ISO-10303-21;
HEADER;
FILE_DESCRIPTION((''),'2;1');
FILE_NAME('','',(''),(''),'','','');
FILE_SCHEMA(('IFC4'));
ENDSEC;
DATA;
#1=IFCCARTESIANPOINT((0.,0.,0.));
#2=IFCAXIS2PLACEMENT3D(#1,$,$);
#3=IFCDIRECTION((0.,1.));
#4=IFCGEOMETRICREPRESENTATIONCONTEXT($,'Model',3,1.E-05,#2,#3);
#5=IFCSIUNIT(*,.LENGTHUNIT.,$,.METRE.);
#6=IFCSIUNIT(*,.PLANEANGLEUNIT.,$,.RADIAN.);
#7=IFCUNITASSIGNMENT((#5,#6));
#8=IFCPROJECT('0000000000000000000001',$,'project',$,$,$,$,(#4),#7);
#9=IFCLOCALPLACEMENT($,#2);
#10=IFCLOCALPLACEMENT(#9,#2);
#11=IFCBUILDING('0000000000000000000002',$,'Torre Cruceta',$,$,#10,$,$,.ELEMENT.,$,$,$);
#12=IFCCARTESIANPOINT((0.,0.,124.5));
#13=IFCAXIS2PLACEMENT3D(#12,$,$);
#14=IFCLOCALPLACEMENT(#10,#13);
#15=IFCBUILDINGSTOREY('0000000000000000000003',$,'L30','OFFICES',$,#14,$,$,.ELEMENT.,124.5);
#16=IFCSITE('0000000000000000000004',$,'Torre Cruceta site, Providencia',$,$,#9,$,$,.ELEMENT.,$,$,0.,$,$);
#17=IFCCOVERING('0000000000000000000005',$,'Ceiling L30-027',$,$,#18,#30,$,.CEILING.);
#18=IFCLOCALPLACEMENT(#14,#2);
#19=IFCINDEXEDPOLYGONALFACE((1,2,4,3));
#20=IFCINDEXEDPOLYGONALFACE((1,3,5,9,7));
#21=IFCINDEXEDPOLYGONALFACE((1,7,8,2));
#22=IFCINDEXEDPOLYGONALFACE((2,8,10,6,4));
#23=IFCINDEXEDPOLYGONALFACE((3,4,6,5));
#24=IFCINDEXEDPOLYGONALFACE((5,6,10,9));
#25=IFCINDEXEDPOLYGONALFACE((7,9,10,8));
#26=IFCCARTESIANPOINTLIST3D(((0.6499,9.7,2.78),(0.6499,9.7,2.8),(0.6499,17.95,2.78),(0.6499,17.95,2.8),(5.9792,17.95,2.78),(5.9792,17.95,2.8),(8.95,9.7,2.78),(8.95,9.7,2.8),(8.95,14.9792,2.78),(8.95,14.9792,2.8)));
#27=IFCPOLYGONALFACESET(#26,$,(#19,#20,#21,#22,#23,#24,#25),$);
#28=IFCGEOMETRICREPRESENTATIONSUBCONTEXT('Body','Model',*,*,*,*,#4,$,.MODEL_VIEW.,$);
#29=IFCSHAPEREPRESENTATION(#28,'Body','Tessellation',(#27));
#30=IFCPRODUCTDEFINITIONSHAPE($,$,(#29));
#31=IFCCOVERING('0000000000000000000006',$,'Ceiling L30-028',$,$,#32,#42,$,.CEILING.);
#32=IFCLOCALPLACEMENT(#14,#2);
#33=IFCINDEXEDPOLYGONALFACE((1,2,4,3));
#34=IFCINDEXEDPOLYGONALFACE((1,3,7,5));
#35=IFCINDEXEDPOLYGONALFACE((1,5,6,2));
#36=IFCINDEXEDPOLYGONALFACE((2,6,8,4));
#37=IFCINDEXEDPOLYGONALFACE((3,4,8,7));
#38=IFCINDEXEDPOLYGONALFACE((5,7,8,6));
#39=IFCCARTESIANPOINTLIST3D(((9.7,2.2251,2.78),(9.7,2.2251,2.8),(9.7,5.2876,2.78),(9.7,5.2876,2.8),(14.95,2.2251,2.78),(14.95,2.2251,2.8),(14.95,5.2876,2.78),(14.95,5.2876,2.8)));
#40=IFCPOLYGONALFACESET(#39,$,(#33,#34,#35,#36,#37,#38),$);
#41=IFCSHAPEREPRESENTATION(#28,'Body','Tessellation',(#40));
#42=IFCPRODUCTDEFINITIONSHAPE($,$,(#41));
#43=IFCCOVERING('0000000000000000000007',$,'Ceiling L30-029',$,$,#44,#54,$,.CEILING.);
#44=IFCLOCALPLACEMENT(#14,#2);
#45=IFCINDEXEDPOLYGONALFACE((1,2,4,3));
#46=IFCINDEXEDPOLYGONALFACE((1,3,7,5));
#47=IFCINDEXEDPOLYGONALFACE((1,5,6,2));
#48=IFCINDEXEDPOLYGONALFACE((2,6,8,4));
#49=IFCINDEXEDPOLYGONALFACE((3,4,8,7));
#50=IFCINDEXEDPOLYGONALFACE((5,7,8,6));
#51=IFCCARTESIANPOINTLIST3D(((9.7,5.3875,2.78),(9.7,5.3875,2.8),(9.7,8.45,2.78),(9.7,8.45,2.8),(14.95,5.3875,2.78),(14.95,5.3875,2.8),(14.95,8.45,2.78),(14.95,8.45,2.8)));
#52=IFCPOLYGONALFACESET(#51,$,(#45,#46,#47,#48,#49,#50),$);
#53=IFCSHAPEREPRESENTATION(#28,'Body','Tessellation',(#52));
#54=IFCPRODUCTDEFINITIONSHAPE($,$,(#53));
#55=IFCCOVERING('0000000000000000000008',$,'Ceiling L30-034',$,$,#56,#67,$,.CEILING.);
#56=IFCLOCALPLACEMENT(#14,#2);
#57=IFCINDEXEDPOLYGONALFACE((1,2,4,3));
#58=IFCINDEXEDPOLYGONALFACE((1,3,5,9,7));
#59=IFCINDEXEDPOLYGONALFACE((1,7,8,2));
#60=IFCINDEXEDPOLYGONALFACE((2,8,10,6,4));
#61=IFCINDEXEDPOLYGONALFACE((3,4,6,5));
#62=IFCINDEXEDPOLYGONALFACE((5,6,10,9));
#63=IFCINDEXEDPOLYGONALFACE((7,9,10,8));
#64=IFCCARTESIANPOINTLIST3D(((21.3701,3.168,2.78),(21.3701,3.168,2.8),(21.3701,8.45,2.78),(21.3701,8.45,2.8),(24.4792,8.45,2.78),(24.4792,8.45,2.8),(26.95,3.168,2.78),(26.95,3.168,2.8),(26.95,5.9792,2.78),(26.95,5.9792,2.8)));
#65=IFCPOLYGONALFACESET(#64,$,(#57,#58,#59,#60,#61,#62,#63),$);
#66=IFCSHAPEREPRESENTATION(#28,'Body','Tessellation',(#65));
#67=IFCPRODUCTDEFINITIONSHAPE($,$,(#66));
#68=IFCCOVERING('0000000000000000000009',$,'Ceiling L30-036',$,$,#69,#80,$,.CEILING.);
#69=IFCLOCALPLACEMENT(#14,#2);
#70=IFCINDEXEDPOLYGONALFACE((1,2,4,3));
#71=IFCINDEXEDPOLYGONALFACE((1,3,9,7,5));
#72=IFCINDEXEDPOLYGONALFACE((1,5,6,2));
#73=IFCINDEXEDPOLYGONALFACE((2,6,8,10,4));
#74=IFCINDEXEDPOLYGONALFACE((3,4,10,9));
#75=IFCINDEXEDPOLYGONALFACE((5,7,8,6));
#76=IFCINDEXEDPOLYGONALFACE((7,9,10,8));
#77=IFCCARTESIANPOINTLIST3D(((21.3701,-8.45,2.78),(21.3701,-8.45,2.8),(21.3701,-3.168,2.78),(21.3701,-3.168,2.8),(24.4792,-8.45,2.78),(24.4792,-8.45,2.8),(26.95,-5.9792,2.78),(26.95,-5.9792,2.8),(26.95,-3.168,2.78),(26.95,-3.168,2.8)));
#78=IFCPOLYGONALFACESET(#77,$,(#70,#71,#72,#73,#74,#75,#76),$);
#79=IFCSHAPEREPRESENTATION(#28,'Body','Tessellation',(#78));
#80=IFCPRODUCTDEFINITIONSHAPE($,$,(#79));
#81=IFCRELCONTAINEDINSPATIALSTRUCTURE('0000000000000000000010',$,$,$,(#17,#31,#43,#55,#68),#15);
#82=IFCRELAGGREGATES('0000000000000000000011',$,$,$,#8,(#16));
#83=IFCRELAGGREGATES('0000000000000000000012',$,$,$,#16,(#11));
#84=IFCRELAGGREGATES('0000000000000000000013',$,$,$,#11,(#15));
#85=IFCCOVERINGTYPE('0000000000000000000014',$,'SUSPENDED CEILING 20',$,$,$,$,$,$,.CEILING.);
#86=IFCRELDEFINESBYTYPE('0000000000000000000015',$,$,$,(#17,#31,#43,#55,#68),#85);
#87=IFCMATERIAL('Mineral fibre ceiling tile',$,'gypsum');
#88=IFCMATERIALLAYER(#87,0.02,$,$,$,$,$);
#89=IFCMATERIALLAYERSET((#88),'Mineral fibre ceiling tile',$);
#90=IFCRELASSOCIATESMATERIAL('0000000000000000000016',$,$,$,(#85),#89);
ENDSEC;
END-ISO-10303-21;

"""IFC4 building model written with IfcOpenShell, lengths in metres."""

from ifc_helpers import new_model, si_unit, direction, frame, origin, place, context, subcontext, project, spatial, polyline, outline, extrude, material, layer, layer_set, type_object, element, save


model = new_model("IFC4")

# Units and contexts
model_context = context("Model", 3, precision=1e-05, world=origin(), true_north=direction((0.0, 1.0)))
body_context = subcontext(model_context, "Body", "Model", "MODEL_VIEW")
ifc_project = project(units=[si_unit("LENGTHUNIT", "METRE"), si_unit("PLANEANGLEUNIT", "RADIAN")], contexts=[model_context])

# Site, building, storey
site_placement = place(None, origin())
site = spatial("IfcSite", under=ifc_project, at=site_placement, Name="Torre Cruceta site, Providencia", CompositionType="ELEMENT", RefElevation=0.0)
building_placement = place(site_placement, origin())
building = spatial("IfcBuilding", under=site, at=building_placement, Name="Torre Cruceta", CompositionType="ELEMENT")
storey_placement = place(building_placement, frame((0.0, 0.0, 124.5)))
storey = spatial("IfcBuildingStorey", under=building, at=storey_placement, Name="L30", Description="OFFICES", CompositionType="ELEMENT", Elevation=124.5)

# Coverings
ifc_material_1 = material(Name="Mineral fibre ceiling tile", Category="gypsum")
ifc_layer_1 = layer(ifc_material_1, 0.02)
ifc_layer_set_1 = layer_set([ifc_layer_1], Name="Mineral fibre ceiling tile")
covering_type_1 = type_object("IfcCoveringType", Name="SUSPENDED CEILING 20", PredefinedType="CEILING", material=ifc_layer_set_1)
covering_1_placement = place(storey_placement, frame((0.0, 0.0, 2.78)))
element("IfcCovering", 1, at=covering_1_placement, inside=storey, type_object=covering_type_1, Name="Ceiling L30-027", PredefinedType="CEILING", context=body_context, shape_type="SweptSolid", body=[
    extrude(outline(polyline([(5.9792, 17.95), (8.95, 14.9792), (8.95, 9.7), (0.6499, 9.7), (0.6499, 17.95), (5.9792, 17.95)])), origin(), (0.0, 0.0, 1.0), 0.02),
])
covering_2_placement = place(storey_placement, frame((0.0, 0.0, 2.78)))
element("IfcCovering", 2, at=covering_2_placement, inside=storey, type_object=covering_type_1, Name="Ceiling L30-028", PredefinedType="CEILING", context=body_context, shape_type="SweptSolid", body=[
    extrude(outline(polyline([(9.7, 2.2251), (9.7, 5.2876), (14.95, 5.2876), (14.95, 2.2251), (9.7, 2.2251)])), origin(), (0.0, 0.0, 1.0), 0.02),
])
covering_3_placement = place(storey_placement, frame((0.0, 0.0, 2.78)))
element("IfcCovering", 3, at=covering_3_placement, inside=storey, type_object=covering_type_1, Name="Ceiling L30-029", PredefinedType="CEILING", context=body_context, shape_type="SweptSolid", body=[
    extrude(outline(polyline([(9.7, 5.3875), (9.7, 8.45), (14.95, 8.45), (14.95, 5.3875), (9.7, 5.3875)])), origin(), (0.0, 0.0, 1.0), 0.02),
])
covering_4_placement = place(storey_placement, frame((0.0, 0.0, 2.78)))
element("IfcCovering", 4, at=covering_4_placement, inside=storey, type_object=covering_type_1, Name="Ceiling L30-034", PredefinedType="CEILING", context=body_context, shape_type="SweptSolid", body=[
    extrude(outline(polyline([(26.95, 3.168), (21.3701, 3.168), (21.3701, 8.45), (24.4792, 8.45), (26.95, 5.9792), (26.95, 3.168)])), origin(), (0.0, 0.0, 1.0), 0.02),
])
covering_5_placement = place(storey_placement, frame((0.0, 0.0, 2.78)))
element("IfcCovering", 5, at=covering_5_placement, inside=storey, type_object=covering_type_1, Name="Ceiling L30-036", PredefinedType="CEILING", context=body_context, shape_type="SweptSolid", body=[
    extrude(outline(polyline([(24.4792, -8.45), (21.3701, -8.45), (21.3701, -3.168), (26.95, -3.168), (26.95, -5.9792), (24.4792, -8.45)])), origin(), (0.0, 0.0, 1.0), 0.02),
])

save(model, "model.ifc")
